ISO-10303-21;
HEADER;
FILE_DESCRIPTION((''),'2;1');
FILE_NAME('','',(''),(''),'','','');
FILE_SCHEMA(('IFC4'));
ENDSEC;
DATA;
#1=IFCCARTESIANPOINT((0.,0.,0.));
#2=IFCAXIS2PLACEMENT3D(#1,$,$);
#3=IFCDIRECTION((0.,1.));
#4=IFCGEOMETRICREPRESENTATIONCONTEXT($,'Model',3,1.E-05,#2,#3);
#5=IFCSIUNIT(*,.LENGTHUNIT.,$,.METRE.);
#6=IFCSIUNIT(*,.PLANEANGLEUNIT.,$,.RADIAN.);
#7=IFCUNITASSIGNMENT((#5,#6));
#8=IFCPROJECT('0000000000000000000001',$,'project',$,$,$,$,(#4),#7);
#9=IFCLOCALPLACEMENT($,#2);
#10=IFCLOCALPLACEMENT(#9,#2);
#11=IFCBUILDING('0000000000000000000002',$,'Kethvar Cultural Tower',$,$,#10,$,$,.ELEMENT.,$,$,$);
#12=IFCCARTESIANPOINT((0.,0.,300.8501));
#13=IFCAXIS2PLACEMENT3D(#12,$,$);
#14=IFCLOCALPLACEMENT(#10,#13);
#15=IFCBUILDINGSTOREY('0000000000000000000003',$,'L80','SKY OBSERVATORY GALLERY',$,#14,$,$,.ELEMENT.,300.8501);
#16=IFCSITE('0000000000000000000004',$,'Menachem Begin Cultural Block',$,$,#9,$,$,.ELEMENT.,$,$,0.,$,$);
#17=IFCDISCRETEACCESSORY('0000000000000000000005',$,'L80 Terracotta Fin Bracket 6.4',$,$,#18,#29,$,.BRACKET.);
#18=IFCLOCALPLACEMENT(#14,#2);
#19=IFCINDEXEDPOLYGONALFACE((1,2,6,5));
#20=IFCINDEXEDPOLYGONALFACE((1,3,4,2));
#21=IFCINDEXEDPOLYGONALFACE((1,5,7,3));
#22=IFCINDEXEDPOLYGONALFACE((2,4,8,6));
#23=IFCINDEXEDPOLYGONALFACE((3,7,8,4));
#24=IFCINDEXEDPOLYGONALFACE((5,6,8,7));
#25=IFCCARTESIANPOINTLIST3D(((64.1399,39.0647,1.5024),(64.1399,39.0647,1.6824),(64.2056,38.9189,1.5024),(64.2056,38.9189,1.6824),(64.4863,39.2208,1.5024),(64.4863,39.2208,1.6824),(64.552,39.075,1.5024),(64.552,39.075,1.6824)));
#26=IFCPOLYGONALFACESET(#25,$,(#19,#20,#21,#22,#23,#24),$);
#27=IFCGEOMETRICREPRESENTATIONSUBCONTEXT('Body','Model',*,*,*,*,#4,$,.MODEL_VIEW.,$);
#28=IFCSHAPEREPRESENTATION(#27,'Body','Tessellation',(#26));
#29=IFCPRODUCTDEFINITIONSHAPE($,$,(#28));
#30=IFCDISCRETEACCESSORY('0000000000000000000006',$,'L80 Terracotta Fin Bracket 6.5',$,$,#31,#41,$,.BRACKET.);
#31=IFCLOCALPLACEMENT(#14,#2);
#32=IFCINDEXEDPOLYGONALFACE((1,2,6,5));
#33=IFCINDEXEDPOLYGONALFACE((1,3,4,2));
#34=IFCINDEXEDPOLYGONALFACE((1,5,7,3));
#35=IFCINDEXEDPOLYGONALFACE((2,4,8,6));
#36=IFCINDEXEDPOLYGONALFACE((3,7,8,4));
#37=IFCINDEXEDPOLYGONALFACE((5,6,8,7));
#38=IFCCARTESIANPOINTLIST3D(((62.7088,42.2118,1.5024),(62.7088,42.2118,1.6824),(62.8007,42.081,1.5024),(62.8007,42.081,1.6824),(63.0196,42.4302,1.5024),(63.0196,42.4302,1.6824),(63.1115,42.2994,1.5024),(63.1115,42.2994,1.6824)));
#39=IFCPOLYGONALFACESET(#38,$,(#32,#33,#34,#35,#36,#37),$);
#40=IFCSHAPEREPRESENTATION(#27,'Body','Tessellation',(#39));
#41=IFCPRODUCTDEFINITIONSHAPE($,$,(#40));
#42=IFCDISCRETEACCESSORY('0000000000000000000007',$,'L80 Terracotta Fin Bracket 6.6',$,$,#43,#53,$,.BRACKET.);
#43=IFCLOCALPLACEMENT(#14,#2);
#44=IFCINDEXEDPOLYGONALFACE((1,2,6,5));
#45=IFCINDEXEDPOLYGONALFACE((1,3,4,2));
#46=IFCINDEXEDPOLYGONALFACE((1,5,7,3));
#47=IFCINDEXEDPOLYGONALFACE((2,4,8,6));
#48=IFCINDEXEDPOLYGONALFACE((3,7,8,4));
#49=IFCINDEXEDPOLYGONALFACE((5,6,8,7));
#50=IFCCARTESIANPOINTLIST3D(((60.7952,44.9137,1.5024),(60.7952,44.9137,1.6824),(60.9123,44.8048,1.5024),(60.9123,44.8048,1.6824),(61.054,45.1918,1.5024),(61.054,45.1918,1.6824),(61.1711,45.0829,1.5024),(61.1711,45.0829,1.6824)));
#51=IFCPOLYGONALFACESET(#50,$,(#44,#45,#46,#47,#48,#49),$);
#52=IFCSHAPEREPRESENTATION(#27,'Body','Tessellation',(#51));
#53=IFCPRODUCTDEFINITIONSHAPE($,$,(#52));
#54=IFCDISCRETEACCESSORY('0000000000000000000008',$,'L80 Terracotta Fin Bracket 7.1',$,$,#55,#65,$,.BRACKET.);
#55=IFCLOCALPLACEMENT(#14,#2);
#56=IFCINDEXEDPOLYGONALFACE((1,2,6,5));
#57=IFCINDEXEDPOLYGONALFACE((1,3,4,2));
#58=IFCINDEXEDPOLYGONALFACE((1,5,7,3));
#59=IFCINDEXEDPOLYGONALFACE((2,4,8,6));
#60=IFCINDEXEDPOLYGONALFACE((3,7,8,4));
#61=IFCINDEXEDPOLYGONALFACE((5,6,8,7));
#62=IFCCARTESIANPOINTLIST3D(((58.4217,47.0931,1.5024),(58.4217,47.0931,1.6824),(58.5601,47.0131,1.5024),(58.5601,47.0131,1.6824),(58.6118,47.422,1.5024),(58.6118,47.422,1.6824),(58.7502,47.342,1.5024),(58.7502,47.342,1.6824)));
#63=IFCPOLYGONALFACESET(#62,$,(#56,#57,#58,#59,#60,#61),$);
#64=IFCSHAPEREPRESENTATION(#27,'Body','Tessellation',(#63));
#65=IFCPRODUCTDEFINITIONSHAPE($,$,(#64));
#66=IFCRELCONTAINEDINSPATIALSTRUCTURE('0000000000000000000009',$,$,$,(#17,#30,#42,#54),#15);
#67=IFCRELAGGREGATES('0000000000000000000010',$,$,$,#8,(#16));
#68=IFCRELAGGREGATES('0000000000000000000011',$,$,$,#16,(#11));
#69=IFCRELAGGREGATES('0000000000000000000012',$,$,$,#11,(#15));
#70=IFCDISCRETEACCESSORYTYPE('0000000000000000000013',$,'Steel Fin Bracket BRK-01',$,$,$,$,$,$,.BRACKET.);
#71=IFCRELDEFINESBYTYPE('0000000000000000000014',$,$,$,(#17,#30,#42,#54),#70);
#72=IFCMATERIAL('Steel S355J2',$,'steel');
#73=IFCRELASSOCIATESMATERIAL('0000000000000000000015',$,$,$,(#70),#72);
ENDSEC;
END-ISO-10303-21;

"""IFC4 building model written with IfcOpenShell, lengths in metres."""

from ifc_helpers import new_model, si_unit, direction, frame, origin, origin_2d, place, context, subcontext, project, spatial, rectangle, extrude, source, transform, mapped, material, type_object, element, save


model = new_model("IFC4")

# Units and contexts
model_context = context("Model", 3, precision=1e-05, world=origin(), true_north=direction((0.0, 1.0)))
body_context = subcontext(model_context, "Body", "Model", "MODEL_VIEW")
ifc_project = project(units=[si_unit("LENGTHUNIT", "METRE"), si_unit("PLANEANGLEUNIT", "RADIAN")], contexts=[model_context])

# Site, building, storey
site_placement = place(None, origin())
site = spatial("IfcSite", under=ifc_project, at=site_placement, Name="Menachem Begin Cultural Block", CompositionType="ELEMENT", RefElevation=0.0)
building_placement = place(site_placement, origin())
building = spatial("IfcBuilding", under=site, at=building_placement, Name="Kethvar Cultural Tower", CompositionType="ELEMENT")
storey_placement = place(building_placement, frame((0.0, 0.0, 300.8501)))
storey = spatial("IfcBuildingStorey", under=building, at=storey_placement, Name="L80", Description="SKY OBSERVATORY GALLERY", CompositionType="ELEMENT", Elevation=300.8501)

# Shared definitions
ifc_material_1 = material(Name="Steel S355J2", Category="steel")

# Discrete accessories
discrete_accessory_type = type_object("IfcDiscreteAccessoryType", Name="Steel Fin Bracket BRK-01", PredefinedType="BRACKET", material=ifc_material_1)
shared_shape_1 = source(origin(), body_context, "Body", "SweptSolid", [
    extrude(rectangle(XDim=0.3799, YDim=0.1599, at=origin_2d()), origin(), (0.0, 0.0, 1.0), 0.1799),
])
for number, where, z_axis, x_axis, name in (
    (1, (64.3459, 39.0698, 1.5024), (0.0, 0.0, 1.0), (0.91169, 0.410878, 0.0), "L80 Terracotta Fin Bracket 6.4"),
    (2, (62.9102, 42.2556, 1.5024), (0.0, 0.0, 1.0), (0.81825, 0.574862, 0.0), "L80 Terracotta Fin Bracket 6.5"),
    (3, (60.9832, 44.9983, 1.5024), (0.0, 0.0, 1.0), (0.681232, 0.732067, 0.0), "L80 Terracotta Fin Bracket 6.6"),
    (4, (58.5859, 47.2175, 1.5024), (0.0, 0.0, 1.0), (0.500453, 0.865763, 0.0), "L80 Terracotta Fin Bracket 7.1"),
):
    element("IfcDiscreteAccessory", number, at=place(storey_placement, frame(where, z_axis=z_axis, x_axis=x_axis)), inside=storey, type_object=discrete_accessory_type, Name=name, PredefinedType="BRACKET", context=body_context, shape_type="MappedRepresentation", body=[
        mapped(shared_shape_1, transform((0.0, 0.0, 0.0), scale=1.0)),
    ])

save(model, "model.ifc")
